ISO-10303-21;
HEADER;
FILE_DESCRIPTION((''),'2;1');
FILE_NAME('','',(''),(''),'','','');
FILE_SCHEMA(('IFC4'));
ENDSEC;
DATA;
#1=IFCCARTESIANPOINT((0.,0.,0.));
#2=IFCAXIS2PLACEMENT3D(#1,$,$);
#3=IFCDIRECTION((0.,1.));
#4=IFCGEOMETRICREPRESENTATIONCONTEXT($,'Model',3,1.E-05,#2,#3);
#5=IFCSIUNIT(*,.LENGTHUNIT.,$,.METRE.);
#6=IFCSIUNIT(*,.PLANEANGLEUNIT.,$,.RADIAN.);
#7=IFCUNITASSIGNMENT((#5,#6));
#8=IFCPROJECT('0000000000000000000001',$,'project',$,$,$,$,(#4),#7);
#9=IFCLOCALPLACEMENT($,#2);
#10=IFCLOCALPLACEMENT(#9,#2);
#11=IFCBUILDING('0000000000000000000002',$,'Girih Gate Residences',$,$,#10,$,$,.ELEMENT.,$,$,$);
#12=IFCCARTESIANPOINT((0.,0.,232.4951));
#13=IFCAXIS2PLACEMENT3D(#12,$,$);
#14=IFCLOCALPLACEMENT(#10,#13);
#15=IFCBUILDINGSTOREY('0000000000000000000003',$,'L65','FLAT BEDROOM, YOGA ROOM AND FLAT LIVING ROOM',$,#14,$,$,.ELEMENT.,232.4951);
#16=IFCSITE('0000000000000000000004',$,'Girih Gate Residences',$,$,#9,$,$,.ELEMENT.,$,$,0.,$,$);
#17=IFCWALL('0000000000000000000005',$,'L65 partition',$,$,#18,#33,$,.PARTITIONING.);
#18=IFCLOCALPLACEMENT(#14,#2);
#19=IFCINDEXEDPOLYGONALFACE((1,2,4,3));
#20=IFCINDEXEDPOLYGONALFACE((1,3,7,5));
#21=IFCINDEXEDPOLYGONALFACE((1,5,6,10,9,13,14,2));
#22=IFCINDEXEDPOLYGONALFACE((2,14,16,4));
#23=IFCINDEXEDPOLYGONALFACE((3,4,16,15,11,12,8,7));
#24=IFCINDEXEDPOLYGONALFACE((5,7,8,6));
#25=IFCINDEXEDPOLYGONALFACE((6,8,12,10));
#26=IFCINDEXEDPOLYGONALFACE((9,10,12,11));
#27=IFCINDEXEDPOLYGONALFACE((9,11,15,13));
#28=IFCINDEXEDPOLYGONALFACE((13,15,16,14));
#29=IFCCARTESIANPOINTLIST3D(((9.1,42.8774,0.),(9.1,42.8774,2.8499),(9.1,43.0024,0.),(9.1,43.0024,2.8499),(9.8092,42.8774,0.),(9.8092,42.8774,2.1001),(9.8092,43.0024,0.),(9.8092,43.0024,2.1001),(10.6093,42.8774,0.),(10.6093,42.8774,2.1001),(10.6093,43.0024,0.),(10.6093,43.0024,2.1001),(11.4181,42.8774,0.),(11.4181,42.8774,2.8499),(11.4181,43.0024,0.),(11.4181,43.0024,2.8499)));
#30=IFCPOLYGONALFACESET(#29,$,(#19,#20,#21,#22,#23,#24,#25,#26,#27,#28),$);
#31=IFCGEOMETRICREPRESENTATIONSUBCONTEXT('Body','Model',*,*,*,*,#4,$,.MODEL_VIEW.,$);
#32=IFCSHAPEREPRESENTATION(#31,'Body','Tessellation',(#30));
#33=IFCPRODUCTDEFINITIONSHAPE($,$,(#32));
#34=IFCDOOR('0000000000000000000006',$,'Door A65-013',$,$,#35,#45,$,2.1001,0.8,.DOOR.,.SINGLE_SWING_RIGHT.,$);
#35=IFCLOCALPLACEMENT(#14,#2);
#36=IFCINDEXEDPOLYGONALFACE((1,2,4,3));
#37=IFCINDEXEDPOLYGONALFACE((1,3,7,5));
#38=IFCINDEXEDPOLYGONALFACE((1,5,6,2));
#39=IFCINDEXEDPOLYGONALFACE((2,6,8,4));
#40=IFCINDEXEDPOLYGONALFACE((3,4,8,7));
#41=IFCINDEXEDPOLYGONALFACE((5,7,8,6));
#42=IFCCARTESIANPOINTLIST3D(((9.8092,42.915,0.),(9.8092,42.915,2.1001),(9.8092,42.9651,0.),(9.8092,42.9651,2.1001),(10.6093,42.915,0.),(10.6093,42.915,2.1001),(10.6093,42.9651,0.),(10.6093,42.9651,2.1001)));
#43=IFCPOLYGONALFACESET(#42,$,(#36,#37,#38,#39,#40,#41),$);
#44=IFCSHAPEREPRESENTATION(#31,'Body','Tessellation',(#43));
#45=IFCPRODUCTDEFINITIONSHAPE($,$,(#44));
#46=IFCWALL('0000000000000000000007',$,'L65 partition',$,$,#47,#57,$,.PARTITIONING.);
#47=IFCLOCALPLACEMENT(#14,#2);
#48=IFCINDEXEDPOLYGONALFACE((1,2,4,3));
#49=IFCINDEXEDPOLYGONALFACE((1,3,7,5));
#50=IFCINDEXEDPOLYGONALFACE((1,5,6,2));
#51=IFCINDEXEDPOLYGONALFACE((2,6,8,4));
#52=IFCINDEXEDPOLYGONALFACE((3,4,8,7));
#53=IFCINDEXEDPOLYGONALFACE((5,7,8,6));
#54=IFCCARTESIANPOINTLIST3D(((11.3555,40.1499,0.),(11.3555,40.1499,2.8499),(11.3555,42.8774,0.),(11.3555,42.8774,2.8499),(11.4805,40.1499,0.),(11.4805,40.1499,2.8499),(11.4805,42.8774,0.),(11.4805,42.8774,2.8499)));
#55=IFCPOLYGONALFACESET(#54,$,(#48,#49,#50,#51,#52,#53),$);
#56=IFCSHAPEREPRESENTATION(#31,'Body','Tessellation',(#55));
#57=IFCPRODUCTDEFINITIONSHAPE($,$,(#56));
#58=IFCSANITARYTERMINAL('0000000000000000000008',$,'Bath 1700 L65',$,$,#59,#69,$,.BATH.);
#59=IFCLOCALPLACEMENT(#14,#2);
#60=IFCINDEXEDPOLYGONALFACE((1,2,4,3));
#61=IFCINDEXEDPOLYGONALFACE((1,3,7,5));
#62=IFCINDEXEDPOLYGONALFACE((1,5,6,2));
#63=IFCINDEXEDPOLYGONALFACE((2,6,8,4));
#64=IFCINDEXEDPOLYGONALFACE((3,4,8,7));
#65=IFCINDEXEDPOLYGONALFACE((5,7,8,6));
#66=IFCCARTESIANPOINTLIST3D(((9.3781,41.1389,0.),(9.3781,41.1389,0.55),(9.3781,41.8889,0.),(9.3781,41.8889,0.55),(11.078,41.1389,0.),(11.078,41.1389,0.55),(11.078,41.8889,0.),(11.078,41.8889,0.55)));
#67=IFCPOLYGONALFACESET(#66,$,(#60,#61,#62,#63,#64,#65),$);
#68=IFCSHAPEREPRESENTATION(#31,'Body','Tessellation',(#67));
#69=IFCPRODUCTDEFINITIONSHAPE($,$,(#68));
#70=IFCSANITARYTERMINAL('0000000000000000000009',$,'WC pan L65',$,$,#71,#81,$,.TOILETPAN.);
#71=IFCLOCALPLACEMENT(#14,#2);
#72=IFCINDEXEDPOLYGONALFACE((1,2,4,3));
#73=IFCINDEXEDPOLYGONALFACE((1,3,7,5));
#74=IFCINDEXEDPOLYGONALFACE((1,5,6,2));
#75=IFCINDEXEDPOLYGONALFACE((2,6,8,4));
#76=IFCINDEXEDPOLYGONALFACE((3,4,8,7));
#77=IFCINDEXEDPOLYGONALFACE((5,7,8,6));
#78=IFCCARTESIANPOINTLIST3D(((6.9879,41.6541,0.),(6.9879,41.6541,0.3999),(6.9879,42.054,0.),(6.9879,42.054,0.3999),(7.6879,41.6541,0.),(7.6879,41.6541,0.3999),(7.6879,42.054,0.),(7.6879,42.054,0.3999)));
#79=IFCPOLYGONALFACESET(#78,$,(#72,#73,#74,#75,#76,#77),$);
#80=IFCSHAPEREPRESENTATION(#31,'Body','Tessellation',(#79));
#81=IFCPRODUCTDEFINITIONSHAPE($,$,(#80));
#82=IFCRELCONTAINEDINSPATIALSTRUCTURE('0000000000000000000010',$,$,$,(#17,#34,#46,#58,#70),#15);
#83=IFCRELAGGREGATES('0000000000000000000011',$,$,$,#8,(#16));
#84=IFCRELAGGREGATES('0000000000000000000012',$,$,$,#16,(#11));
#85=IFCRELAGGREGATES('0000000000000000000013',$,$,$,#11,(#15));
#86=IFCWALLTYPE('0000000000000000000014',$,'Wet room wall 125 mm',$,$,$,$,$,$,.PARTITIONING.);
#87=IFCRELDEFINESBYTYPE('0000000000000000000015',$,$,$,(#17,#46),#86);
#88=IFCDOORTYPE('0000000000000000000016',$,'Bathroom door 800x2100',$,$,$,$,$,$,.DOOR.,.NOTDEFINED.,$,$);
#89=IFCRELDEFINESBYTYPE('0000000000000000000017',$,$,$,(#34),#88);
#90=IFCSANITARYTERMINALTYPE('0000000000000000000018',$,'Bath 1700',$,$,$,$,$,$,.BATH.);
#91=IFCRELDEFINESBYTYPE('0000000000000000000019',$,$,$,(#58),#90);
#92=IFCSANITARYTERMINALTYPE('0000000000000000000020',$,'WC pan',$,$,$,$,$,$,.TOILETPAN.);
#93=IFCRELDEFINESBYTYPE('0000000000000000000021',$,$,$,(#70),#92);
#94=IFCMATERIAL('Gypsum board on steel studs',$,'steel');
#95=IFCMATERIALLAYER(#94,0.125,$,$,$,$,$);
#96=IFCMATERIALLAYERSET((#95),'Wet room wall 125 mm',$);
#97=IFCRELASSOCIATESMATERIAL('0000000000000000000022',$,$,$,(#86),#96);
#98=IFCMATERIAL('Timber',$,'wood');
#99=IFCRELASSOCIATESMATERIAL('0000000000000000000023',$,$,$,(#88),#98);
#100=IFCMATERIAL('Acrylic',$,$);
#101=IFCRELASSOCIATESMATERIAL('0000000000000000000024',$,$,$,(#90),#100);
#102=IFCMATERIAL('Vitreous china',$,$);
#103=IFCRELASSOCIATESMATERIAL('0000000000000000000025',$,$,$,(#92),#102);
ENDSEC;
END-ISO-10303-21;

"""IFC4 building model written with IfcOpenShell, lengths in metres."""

from ifc_helpers import new_model, si_unit, direction, frame, frame_2d, origin, origin_2d, place, context, subcontext, project, spatial, rectangle, extrude, material, layer, layer_set, type_object, element, fill, save


model = new_model("IFC4")

# Units and contexts
model_context = context("Model", 3, precision=1e-05, world=origin(), true_north=direction((0.0, 1.0)))
body_context = subcontext(model_context, "Body", "Model", "MODEL_VIEW")
ifc_project = project(units=[si_unit("LENGTHUNIT", "METRE"), si_unit("PLANEANGLEUNIT", "RADIAN")], contexts=[model_context])

# Site, building, storey
site_placement = place(None, origin())
site = spatial("IfcSite", under=ifc_project, at=site_placement, Name="Girih Gate Residences", CompositionType="ELEMENT", RefElevation=0.0)
building_placement = place(site_placement, origin())
building = spatial("IfcBuilding", under=site, at=building_placement, Name="Girih Gate Residences", CompositionType="ELEMENT")
storey_placement = place(building_placement, frame((0.0, 0.0, 232.4951)))
storey = spatial("IfcBuildingStorey", under=building, at=storey_placement, Name="L65", Description="FLAT BEDROOM, YOGA ROOM AND FLAT LIVING ROOM", CompositionType="ELEMENT", Elevation=232.4951)

# Shared definitions
ifc_material_1 = material(Name="Gypsum board on steel studs", Category="steel")

# Shared definitions
ifc_material_2 = material(Name="Timber", Category="wood")

# Shared definitions
ifc_layer_1 = layer(ifc_material_1, 0.125)
ifc_layer_set_1 = layer_set([ifc_layer_1], Name="Wet room wall 125 mm")
wall_type_1 = type_object("IfcWallType", Name="Wet room wall 125 mm", PredefinedType="PARTITIONING", material=ifc_layer_set_1)
door_type_1 = type_object("IfcDoorType", Name="Bathroom door 800x2100", OperationType="NOTDEFINED", PredefinedType="DOOR", material=ifc_material_2)

# Wall, opening, door
wall_1_placement = place(storey_placement, frame((11.4182, 42.9399, 0.0), z_axis=(0.0, 0.0, 1.0), x_axis=(-1.0, 0.0, 0.0)))
wall_1 = element("IfcWall", 1, at=wall_1_placement, inside=storey, type_object=wall_type_1, Name="L65 partition", PredefinedType="PARTITIONING", context=body_context, shape_type="SweptSolid", body=[
    extrude(rectangle(XDim=2.3181, YDim=0.125, at=frame_2d((1.1592, 0.0))), origin(), (0.0, 0.0, 1.0), 2.8499),
])
opening_1_placement = place(wall_1_placement, frame((0.8091, 0.0, 0.0)))
opening_1 = element("IfcOpeningElement", 2, at=opening_1_placement, cuts=wall_1, PredefinedType="OPENING", context=body_context, shape_type="SweptSolid", body=[
    extrude(rectangle(XDim=0.8, YDim=2.1001, at=frame_2d((0.3999, 1.05))), frame((0.0, 0.0725, 0.0), z_axis=(0.0, -1.0, 0.0), x_axis=(1.0, 0.0, 0.0)), (0.0, 0.0, 1.0), 0.145),
])
door_1_placement = place(opening_1_placement, origin())
door_1 = element("IfcDoor", 3, at=door_1_placement, inside=storey, type_object=door_type_1, Name="Door A65-013", OperationType="SINGLE_SWING_RIGHT", OverallHeight=2.1001, OverallWidth=0.8, PredefinedType="DOOR", context=body_context, shape_type="SweptSolid", body=[
    extrude(rectangle(XDim=0.8, YDim=2.1001, at=frame_2d((0.3999, 1.05))), frame((0.0, 0.0249, 0.0), z_axis=(0.0, -1.0, 0.0), x_axis=(1.0, 0.0, 0.0)), (0.0, 0.0, 1.0), 0.05),
])
fill(opening_1, door_1)

# Wall
wall_2_placement = place(storey_placement, frame((11.418, 40.1499, 0.0), z_axis=(0.0, 0.0, 1.0), x_axis=(0.0, 1.0, 0.0)))
element("IfcWall", 4, at=wall_2_placement, inside=storey, type_object=wall_type_1, Name="L65 partition", PredefinedType="PARTITIONING", context=body_context, shape_type="SweptSolid", body=[
    extrude(rectangle(XDim=2.7275, YDim=0.125, at=frame_2d((1.3638, 0.0))), origin(), (0.0, 0.0, 1.0), 2.8499),
])

# Sanitary terminals
ifc_material_3 = material(Name="Acrylic")
sanitary_terminal_type_1 = type_object("IfcSanitaryTerminalType", Name="Bath 1700", PredefinedType="BATH", material=ifc_material_3)
sanitary_terminal_1_placement = place(storey_placement, frame((10.228, 41.5139, 0.0), z_axis=(0.0, 0.0, 1.0), x_axis=(1.0, 0.0, 0.0)))
element("IfcSanitaryTerminal", 5, at=sanitary_terminal_1_placement, inside=storey, type_object=sanitary_terminal_type_1, Name="Bath 1700 L65", PredefinedType="BATH", context=body_context, shape_type="SweptSolid", body=[
    extrude(rectangle(XDim=1.7, YDim=0.75, at=origin_2d()), origin(), (0.0, 0.0, 1.0), 0.55),
])
ifc_material_4 = material(Name="Vitreous china")
sanitary_terminal_type_2 = type_object("IfcSanitaryTerminalType", Name="WC pan", PredefinedType="TOILETPAN", material=ifc_material_4)
sanitary_terminal_2_placement = place(storey_placement, frame((7.3379, 41.854, 0.0), z_axis=(0.0, 0.0, 1.0), x_axis=(1.0, 0.0, 0.0)))
element("IfcSanitaryTerminal", 6, at=sanitary_terminal_2_placement, inside=storey, type_object=sanitary_terminal_type_2, Name="WC pan L65", PredefinedType="TOILETPAN", context=body_context, shape_type="SweptSolid", body=[
    extrude(rectangle(XDim=0.7, YDim=0.3999, at=origin_2d()), origin(), (0.0, 0.0, 1.0), 0.3999),
])

save(model, "model.ifc")
